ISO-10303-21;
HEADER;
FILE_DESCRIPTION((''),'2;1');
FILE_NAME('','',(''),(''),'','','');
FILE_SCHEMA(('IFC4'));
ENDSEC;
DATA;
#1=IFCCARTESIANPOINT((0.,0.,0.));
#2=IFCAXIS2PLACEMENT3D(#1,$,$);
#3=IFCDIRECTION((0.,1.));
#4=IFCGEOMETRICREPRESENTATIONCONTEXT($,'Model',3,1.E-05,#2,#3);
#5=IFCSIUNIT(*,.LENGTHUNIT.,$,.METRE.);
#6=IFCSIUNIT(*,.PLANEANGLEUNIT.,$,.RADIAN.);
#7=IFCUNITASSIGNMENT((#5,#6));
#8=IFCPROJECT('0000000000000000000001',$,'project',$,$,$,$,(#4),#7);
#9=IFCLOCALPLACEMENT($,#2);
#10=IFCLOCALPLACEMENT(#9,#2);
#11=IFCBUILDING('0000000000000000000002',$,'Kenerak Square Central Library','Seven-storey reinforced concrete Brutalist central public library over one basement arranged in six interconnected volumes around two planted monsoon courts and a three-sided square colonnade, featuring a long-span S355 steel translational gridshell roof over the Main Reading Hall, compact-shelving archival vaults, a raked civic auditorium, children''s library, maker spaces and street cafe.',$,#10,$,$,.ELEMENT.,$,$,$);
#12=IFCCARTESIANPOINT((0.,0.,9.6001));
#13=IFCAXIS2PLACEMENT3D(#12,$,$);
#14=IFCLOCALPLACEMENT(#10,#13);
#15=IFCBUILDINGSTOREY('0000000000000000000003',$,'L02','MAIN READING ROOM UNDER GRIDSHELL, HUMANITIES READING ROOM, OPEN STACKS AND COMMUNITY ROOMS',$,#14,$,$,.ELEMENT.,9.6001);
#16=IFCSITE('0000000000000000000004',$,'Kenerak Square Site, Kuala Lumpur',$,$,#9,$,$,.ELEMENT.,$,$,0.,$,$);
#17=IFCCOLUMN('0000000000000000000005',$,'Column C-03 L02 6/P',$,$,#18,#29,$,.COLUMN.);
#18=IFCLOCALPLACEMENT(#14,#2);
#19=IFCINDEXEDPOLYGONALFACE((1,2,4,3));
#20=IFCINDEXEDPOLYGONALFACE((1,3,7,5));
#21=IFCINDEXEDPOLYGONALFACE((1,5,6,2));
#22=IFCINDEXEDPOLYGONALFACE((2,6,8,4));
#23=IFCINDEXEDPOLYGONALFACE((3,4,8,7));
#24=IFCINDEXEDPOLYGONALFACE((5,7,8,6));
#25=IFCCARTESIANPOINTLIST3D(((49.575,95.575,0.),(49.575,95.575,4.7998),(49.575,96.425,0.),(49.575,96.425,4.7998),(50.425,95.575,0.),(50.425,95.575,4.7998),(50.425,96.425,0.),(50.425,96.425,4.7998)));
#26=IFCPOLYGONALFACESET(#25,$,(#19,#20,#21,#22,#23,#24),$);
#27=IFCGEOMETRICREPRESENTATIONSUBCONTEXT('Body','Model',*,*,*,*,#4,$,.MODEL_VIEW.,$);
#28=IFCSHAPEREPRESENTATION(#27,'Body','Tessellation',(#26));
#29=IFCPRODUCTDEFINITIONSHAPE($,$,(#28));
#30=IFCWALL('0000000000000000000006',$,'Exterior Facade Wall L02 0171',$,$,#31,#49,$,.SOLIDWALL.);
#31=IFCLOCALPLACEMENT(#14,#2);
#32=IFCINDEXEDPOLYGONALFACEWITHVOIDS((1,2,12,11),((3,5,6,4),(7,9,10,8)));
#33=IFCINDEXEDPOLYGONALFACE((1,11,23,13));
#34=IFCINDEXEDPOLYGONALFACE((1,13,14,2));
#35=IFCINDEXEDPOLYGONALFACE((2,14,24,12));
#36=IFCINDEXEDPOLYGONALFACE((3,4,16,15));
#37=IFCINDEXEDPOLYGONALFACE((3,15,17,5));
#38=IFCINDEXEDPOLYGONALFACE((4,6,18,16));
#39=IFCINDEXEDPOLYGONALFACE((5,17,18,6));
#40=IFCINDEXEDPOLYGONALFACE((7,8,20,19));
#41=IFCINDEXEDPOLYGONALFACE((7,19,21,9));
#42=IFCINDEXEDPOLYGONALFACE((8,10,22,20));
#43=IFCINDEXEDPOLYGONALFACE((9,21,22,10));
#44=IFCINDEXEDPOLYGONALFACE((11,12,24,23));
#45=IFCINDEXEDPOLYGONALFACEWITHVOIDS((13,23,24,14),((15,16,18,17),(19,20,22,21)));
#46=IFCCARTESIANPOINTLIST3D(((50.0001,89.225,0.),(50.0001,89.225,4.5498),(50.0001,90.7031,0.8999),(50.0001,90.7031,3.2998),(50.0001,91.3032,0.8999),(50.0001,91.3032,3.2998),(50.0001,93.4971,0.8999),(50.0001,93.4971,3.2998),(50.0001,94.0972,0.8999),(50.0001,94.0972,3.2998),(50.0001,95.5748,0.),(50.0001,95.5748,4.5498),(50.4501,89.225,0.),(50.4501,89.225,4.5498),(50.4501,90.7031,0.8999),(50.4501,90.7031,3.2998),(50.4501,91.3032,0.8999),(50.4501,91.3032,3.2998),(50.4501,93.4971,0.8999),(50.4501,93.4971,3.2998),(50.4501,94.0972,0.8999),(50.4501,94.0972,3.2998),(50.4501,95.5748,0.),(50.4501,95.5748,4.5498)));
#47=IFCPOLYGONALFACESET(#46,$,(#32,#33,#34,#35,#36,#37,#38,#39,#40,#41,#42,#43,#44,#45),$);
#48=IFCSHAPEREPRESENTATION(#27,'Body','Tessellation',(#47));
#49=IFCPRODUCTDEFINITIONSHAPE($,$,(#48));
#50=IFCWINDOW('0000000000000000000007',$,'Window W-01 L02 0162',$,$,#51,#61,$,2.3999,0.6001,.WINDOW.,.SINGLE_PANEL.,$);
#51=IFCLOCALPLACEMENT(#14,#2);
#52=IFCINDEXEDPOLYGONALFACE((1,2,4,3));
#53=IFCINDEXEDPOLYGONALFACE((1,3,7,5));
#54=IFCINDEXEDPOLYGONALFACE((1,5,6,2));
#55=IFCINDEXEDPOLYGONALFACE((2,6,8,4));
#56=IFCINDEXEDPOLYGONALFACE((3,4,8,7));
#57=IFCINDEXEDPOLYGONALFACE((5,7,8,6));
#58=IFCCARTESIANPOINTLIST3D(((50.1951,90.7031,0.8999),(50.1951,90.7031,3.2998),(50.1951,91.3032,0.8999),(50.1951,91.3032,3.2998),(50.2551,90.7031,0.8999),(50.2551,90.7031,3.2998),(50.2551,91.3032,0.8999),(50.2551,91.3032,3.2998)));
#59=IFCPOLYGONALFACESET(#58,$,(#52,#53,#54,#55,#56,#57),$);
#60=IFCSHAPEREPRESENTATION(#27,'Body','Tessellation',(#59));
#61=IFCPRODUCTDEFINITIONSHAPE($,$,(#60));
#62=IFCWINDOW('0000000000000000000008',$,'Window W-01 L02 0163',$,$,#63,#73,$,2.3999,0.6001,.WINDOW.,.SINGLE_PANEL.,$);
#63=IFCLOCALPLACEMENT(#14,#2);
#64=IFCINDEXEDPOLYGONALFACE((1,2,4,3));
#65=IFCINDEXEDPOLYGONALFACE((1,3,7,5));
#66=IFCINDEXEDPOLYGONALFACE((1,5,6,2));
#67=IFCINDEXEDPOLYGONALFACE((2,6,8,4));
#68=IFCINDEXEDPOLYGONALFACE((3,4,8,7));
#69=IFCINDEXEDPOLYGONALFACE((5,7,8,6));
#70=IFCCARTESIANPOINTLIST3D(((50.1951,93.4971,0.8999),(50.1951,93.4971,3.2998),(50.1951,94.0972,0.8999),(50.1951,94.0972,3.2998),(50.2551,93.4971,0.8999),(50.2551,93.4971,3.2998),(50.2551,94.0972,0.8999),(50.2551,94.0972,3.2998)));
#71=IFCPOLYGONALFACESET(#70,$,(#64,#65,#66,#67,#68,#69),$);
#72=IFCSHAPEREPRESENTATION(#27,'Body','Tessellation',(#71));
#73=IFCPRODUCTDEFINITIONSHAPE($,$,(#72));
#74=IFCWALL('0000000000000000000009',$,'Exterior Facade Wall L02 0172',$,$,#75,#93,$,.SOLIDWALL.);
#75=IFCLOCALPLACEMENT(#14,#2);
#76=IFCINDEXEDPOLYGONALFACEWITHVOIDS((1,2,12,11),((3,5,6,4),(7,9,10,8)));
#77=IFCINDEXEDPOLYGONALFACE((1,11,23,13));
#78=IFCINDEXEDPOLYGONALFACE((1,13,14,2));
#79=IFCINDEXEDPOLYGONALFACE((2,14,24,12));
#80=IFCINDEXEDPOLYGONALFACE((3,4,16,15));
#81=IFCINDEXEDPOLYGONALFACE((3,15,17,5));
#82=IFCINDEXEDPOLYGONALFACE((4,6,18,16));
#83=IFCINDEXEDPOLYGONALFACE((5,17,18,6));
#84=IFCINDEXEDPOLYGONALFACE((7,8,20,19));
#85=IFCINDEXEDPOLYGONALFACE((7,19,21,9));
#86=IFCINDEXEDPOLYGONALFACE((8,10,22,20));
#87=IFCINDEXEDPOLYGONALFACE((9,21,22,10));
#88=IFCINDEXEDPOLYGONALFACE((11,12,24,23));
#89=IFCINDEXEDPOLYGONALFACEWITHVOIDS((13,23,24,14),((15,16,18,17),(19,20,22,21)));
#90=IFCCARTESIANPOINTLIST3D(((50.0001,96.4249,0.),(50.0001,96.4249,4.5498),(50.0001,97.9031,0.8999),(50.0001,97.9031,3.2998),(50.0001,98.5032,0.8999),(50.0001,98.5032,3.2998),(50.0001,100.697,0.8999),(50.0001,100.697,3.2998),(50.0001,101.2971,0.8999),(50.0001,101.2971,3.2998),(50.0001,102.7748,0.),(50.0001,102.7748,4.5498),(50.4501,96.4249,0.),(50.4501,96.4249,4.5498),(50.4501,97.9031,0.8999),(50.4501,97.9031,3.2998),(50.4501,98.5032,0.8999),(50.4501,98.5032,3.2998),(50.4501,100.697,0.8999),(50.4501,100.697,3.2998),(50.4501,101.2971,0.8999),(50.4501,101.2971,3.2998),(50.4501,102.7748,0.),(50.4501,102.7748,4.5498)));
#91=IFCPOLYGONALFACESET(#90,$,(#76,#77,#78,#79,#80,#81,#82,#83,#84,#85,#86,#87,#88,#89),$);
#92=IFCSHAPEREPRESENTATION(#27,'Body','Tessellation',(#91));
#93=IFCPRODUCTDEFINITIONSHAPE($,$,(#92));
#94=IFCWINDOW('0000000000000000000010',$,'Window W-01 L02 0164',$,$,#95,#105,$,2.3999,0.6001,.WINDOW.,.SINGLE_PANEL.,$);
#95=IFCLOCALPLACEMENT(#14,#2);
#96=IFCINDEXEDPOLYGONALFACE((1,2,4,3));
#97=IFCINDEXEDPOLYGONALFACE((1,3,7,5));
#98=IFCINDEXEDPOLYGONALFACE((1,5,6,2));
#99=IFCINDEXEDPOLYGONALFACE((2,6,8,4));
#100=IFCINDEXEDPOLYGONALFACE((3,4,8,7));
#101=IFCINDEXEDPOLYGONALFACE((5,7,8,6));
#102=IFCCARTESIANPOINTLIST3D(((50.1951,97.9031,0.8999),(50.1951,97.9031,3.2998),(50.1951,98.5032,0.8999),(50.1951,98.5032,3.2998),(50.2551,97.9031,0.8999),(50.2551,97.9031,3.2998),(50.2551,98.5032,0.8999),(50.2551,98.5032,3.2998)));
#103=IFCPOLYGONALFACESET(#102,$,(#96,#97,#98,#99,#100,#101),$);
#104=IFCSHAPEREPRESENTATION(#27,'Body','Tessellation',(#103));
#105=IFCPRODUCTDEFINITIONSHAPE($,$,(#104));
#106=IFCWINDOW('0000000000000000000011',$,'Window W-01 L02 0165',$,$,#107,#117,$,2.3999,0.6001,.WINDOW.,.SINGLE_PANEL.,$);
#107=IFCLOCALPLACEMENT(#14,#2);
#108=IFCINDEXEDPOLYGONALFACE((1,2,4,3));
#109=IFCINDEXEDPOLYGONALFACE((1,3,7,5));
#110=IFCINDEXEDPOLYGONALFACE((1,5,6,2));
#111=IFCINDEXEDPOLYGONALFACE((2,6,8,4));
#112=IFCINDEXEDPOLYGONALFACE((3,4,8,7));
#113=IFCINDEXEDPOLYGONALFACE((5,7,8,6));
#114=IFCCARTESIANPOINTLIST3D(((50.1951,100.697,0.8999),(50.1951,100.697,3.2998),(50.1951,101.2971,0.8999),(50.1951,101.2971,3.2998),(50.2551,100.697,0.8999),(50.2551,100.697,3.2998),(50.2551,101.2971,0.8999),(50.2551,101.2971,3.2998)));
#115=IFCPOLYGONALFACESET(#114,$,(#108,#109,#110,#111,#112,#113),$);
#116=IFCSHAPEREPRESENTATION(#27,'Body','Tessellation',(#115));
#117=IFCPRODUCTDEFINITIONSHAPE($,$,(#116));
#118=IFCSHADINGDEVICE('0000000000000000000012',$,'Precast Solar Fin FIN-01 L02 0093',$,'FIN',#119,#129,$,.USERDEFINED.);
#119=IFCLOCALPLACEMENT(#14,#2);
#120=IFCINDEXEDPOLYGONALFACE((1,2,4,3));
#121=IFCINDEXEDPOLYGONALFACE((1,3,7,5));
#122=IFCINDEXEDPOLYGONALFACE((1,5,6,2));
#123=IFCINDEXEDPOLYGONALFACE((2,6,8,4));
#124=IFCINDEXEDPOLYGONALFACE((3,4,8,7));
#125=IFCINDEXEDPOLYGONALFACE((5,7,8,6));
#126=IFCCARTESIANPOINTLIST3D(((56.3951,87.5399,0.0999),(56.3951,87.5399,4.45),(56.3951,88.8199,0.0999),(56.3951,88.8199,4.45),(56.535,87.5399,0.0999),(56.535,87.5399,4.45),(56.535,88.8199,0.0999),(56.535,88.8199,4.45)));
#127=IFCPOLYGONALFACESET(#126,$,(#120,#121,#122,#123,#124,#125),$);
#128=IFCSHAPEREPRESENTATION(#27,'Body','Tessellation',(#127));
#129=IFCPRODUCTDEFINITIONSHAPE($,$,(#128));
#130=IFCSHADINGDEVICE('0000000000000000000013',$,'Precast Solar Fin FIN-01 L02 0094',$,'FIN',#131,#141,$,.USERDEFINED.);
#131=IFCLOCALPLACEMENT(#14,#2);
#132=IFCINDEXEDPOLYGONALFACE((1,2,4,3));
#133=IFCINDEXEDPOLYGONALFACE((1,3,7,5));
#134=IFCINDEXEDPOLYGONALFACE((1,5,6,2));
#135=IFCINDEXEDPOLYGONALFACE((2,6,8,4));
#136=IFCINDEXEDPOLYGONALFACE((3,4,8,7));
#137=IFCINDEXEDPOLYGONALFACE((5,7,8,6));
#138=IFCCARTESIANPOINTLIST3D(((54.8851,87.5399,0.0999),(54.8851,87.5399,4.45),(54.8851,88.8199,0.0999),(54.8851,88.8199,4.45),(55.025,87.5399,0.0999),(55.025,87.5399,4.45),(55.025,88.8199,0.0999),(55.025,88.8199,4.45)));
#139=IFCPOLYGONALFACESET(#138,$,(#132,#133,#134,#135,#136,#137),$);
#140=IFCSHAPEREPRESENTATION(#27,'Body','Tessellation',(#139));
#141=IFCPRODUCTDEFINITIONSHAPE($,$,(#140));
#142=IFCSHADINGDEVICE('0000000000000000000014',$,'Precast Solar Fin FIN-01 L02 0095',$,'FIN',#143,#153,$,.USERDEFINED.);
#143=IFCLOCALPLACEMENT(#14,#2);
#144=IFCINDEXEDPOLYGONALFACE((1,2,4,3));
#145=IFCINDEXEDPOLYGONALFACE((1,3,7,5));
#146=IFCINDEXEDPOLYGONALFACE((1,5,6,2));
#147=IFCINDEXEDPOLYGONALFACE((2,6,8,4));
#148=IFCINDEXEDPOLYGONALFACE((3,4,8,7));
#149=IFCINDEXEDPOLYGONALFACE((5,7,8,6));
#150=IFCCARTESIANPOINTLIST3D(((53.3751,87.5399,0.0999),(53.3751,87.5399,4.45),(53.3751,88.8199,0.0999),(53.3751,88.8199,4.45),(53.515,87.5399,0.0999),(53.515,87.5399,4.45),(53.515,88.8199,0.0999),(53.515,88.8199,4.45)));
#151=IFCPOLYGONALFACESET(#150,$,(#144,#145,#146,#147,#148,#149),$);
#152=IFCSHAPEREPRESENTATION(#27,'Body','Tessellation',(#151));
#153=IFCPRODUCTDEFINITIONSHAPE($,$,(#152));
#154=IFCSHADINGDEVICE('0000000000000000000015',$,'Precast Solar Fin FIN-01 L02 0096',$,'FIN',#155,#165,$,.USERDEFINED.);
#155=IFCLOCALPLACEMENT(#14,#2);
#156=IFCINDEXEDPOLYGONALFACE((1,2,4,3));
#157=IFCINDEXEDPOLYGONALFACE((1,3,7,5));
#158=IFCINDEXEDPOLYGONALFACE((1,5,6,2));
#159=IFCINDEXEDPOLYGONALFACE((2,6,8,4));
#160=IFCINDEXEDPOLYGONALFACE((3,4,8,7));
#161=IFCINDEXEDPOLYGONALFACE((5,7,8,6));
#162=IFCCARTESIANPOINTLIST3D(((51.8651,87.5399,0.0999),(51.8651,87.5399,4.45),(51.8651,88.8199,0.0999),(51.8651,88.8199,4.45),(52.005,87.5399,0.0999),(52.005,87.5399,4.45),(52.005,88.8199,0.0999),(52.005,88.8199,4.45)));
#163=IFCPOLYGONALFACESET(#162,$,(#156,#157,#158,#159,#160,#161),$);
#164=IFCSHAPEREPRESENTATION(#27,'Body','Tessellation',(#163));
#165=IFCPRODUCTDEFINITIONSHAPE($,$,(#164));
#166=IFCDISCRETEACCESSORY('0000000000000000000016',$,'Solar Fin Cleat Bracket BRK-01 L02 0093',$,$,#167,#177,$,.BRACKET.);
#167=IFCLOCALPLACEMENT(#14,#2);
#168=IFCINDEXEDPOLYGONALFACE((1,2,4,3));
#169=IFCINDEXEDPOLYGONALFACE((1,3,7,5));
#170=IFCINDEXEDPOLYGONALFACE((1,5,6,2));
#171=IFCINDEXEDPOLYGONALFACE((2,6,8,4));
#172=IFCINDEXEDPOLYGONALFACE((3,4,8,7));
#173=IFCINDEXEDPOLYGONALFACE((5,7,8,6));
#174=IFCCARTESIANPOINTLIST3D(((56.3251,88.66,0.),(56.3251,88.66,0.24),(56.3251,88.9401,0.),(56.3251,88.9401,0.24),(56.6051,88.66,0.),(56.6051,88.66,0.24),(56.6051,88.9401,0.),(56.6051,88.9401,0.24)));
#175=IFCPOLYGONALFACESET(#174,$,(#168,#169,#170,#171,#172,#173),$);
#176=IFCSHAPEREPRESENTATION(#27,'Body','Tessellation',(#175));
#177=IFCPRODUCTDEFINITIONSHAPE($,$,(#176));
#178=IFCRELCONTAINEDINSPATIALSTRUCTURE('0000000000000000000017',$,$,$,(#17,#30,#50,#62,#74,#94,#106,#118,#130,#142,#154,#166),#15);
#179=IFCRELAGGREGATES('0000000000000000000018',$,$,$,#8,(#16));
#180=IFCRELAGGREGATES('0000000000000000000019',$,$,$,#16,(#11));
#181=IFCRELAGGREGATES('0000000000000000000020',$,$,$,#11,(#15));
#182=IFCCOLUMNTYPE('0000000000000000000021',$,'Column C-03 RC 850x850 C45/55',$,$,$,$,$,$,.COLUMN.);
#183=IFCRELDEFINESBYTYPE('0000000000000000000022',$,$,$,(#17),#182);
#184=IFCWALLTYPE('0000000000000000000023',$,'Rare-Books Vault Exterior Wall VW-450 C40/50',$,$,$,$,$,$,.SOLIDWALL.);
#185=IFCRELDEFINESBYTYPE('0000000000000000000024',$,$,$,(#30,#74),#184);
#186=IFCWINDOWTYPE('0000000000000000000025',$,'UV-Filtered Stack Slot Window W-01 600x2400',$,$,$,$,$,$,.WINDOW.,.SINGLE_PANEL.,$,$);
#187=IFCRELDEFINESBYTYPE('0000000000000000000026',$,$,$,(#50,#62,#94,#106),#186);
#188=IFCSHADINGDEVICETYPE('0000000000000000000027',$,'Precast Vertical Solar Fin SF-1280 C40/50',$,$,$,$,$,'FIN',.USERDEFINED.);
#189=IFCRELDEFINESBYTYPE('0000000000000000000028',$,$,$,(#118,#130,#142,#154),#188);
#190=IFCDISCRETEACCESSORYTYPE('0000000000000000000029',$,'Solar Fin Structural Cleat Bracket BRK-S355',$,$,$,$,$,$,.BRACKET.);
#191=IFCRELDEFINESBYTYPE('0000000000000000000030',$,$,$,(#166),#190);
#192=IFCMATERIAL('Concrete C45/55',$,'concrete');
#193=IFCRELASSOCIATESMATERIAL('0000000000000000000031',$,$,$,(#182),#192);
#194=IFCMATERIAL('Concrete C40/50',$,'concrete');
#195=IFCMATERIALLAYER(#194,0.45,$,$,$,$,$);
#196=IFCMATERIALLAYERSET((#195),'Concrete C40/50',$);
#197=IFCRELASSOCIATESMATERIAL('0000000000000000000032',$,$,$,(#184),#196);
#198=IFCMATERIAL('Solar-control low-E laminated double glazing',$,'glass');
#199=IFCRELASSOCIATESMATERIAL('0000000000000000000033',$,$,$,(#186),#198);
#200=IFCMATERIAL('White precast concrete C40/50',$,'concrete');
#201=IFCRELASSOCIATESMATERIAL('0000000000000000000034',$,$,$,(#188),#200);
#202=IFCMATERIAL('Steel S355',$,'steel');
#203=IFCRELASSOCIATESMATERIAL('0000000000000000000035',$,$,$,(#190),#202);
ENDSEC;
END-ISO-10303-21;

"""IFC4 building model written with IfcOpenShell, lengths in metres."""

from ifc_helpers import new_model, si_unit, direction, frame, frame_2d, origin, origin_2d, place, context, subcontext, project, spatial, rectangle, extrude, material, layer, layer_set, material_profile, profile_set, type_object, element, fill, save


model = new_model("IFC4")

# Units and contexts
model_context = context("Model", 3, precision=1e-05, world=origin(), true_north=direction((0.0, 1.0)))
body_context = subcontext(model_context, "Body", "Model", "MODEL_VIEW")
ifc_project = project(units=[si_unit("LENGTHUNIT", "METRE"), si_unit("PLANEANGLEUNIT", "RADIAN")], contexts=[model_context])

# Site, building, storey
site_placement = place(None, origin())
site = spatial("IfcSite", under=ifc_project, at=site_placement, Name="Kenerak Square Site, Kuala Lumpur", CompositionType="ELEMENT", RefElevation=0.0)
building_placement = place(site_placement, origin())
building = spatial("IfcBuilding", under=site, at=building_placement, Name="Kenerak Square Central Library", Description="Seven-storey reinforced concrete Brutalist central public library over one basement arranged in six interconnected volumes around two planted monsoon courts and a three-sided square colonnade, featuring a long-span S355 steel translational gridshell roof over the Main Reading Hall, compact-shelving archival vaults, a raked civic auditorium, children's library, maker spaces and street cafe.", CompositionType="ELEMENT")
storey_placement = place(building_placement, frame((0.0, 0.0, 9.6001)))
storey = spatial("IfcBuildingStorey", under=building, at=storey_placement, Name="L02", Description="MAIN READING ROOM UNDER GRIDSHELL, HUMANITIES READING ROOM, OPEN STACKS AND COMMUNITY ROOMS", CompositionType="ELEMENT", Elevation=9.6001)

# Column
ifc_material_1 = material(Name="Concrete C45/55", Category="concrete")
ifc_material_profile = material_profile(ifc_material_1, rectangle(XDim=0.8501, YDim=0.8501, at=origin_2d()), Name="RC 850x850")
ifc_profile_set = profile_set([ifc_material_profile], Name="Concrete C45/55")
column_type = type_object("IfcColumnType", Name="Column C-03 RC 850x850 C45/55", PredefinedType="COLUMN", material=ifc_profile_set)
column_placement = place(storey_placement, frame((50.0, 96.0, 0.0), z_axis=(0.0, 0.0, 1.0), x_axis=(1.0, 0.0, 0.0)))
element("IfcColumn", 1, at=column_placement, inside=storey, type_object=column_type, Name="Column C-03 L02 6/P", PredefinedType="COLUMN", context=body_context, shape_type="SweptSolid", body=[
    extrude(rectangle(XDim=0.8501, YDim=0.8501, at=origin_2d()), origin(), (0.0, 0.0, 1.0), 4.7998),
])

# Walls, openings, windows
ifc_material_2 = material(Name="Concrete C40/50", Category="concrete")
ifc_layer = layer(ifc_material_2, 0.45)
ifc_layer_set = layer_set([ifc_layer], Name="Concrete C40/50")
wall_type = type_object("IfcWallType", Name="Rare-Books Vault Exterior Wall VW-450 C40/50", PredefinedType="SOLIDWALL", material=ifc_layer_set)
wall_1_placement = place(storey_placement, frame((50.2251, 89.2251, 0.0), z_axis=(0.0, 0.0, 1.0), x_axis=(0.0, 1.0, 0.0)))
wall_1 = element("IfcWall", 2, at=wall_1_placement, inside=storey, type_object=wall_type, Name="Exterior Facade Wall L02 0171", PredefinedType="SOLIDWALL", context=body_context, shape_type="SweptSolid", body=[
    extrude(rectangle(XDim=6.3499, YDim=0.45, at=frame_2d((3.1748, 0.0))), origin(), (0.0, 0.0, 1.0), 4.5498),
])
opening_1_placement = place(wall_1_placement, frame((1.478, 0.0, 0.8999)))
opening_1 = element("IfcOpeningElement", 3, at=opening_1_placement, cuts=wall_1, PredefinedType="OPENING", context=body_context, shape_type="SweptSolid", body=[
    extrude(rectangle(XDim=0.6001, YDim=2.3999, at=frame_2d((0.3, 1.2))), frame((0.0, 0.2349, 0.0), z_axis=(0.0, -1.0, 0.0), x_axis=(1.0, 0.0, 0.0)), (0.0, 0.0, 1.0), 0.47),
])
opening_2_placement = place(wall_1_placement, frame((4.272, 0.0, 0.8999)))
opening_2 = element("IfcOpeningElement", 4, at=opening_2_placement, cuts=wall_1, PredefinedType="OPENING", context=body_context, shape_type="SweptSolid", body=[
    extrude(rectangle(XDim=0.6001, YDim=2.3999, at=frame_2d((0.3, 1.2))), frame((0.0, 0.2349, 0.0), z_axis=(0.0, -1.0, 0.0), x_axis=(1.0, 0.0, 0.0)), (0.0, 0.0, 1.0), 0.47),
])
ifc_material_3 = material(Name="Solar-control low-E laminated double glazing", Category="glass")
window_type = type_object("IfcWindowType", Name="UV-Filtered Stack Slot Window W-01 600x2400", PartitioningType="SINGLE_PANEL", PredefinedType="WINDOW", material=ifc_material_3)
window_1_placement = place(opening_1_placement, origin())
window_1 = element("IfcWindow", 5, at=window_1_placement, inside=storey, type_object=window_type, Name="Window W-01 L02 0162", OverallHeight=2.3999, OverallWidth=0.6001, PartitioningType="SINGLE_PANEL", PredefinedType="WINDOW", context=body_context, shape_type="SweptSolid", body=[
    extrude(rectangle(XDim=0.6001, YDim=2.3999, at=frame_2d((0.3, 1.2))), frame((0.0, 0.03, 0.0), z_axis=(0.0, -1.0, 0.0), x_axis=(1.0, 0.0, 0.0)), (0.0, 0.0, 1.0), 0.0601),
])
fill(opening_1, window_1)
window_2_placement = place(opening_2_placement, origin())
window_2 = element("IfcWindow", 6, at=window_2_placement, inside=storey, type_object=window_type, Name="Window W-01 L02 0163", OverallHeight=2.3999, OverallWidth=0.6001, PartitioningType="SINGLE_PANEL", PredefinedType="WINDOW", context=body_context, shape_type="SweptSolid", body=[
    extrude(rectangle(XDim=0.6001, YDim=2.3999, at=frame_2d((0.3, 1.2))), frame((0.0, 0.03, 0.0), z_axis=(0.0, -1.0, 0.0), x_axis=(1.0, 0.0, 0.0)), (0.0, 0.0, 1.0), 0.0601),
])
fill(opening_2, window_2)
wall_2_placement = place(storey_placement, frame((50.2251, 96.425, 0.0), z_axis=(0.0, 0.0, 1.0), x_axis=(0.0, 1.0, 0.0)))
wall_2 = element("IfcWall", 7, at=wall_2_placement, inside=storey, type_object=wall_type, Name="Exterior Facade Wall L02 0172", PredefinedType="SOLIDWALL", context=body_context, shape_type="SweptSolid", body=[
    extrude(rectangle(XDim=6.3499, YDim=0.45, at=frame_2d((3.1748, 0.0))), origin(), (0.0, 0.0, 1.0), 4.5498),
])
opening_3_placement = place(wall_2_placement, frame((1.478, 0.0, 0.8999)))
opening_3 = element("IfcOpeningElement", 8, at=opening_3_placement, cuts=wall_2, PredefinedType="OPENING", context=body_context, shape_type="SweptSolid", body=[
    extrude(rectangle(XDim=0.6001, YDim=2.3999, at=frame_2d((0.3, 1.2))), frame((0.0, 0.2349, 0.0), z_axis=(0.0, -1.0, 0.0), x_axis=(1.0, 0.0, 0.0)), (0.0, 0.0, 1.0), 0.47),
])
opening_4_placement = place(wall_2_placement, frame((4.272, 0.0, 0.8999)))
opening_4 = element("IfcOpeningElement", 9, at=opening_4_placement, cuts=wall_2, PredefinedType="OPENING", context=body_context, shape_type="SweptSolid", body=[
    extrude(rectangle(XDim=0.6001, YDim=2.3999, at=frame_2d((0.3, 1.2))), frame((0.0, 0.2349, 0.0), z_axis=(0.0, -1.0, 0.0), x_axis=(1.0, 0.0, 0.0)), (0.0, 0.0, 1.0), 0.47),
])
window_3_placement = place(opening_3_placement, origin())
window_3 = element("IfcWindow", 10, at=window_3_placement, inside=storey, type_object=window_type, Name="Window W-01 L02 0164", OverallHeight=2.3999, OverallWidth=0.6001, PartitioningType="SINGLE_PANEL", PredefinedType="WINDOW", context=body_context, shape_type="SweptSolid", body=[
    extrude(rectangle(XDim=0.6001, YDim=2.3999, at=frame_2d((0.3, 1.2))), frame((0.0, 0.03, 0.0), z_axis=(0.0, -1.0, 0.0), x_axis=(1.0, 0.0, 0.0)), (0.0, 0.0, 1.0), 0.0601),
])
fill(opening_3, window_3)
window_4_placement = place(opening_4_placement, origin())
window_4 = element("IfcWindow", 11, at=window_4_placement, inside=storey, type_object=window_type, Name="Window W-01 L02 0165", OverallHeight=2.3999, OverallWidth=0.6001, PartitioningType="SINGLE_PANEL", PredefinedType="WINDOW", context=body_context, shape_type="SweptSolid", body=[
    extrude(rectangle(XDim=0.6001, YDim=2.3999, at=frame_2d((0.3, 1.2))), frame((0.0, 0.03, 0.0), z_axis=(0.0, -1.0, 0.0), x_axis=(1.0, 0.0, 0.0)), (0.0, 0.0, 1.0), 0.0601),
])
fill(opening_4, window_4)

# Shading devices
ifc_material_4 = material(Name="White precast concrete C40/50", Category="concrete")
shading_device_type = type_object("IfcShadingDeviceType", Name="Precast Vertical Solar Fin SF-1280 C40/50", ElementType="FIN", PredefinedType="USERDEFINED", material=ifc_material_4)
for number, where, z_axis, x_axis, name in (
    (12, (56.4651, 88.1799, 0.0999), (0.0, 0.0, 1.0), (-1.0, 0.0, 0.0), "Precast Solar Fin FIN-01 L02 0093"),
    (13, (54.9551, 88.1799, 0.0999), (0.0, 0.0, 1.0), (-1.0, 0.0, 0.0), "Precast Solar Fin FIN-01 L02 0094"),
    (14, (53.4451, 88.1799, 0.0999), (0.0, 0.0, 1.0), (-1.0, 0.0, 0.0), "Precast Solar Fin FIN-01 L02 0095"),
    (15, (51.9351, 88.1799, 0.0999), (0.0, 0.0, 1.0), (-1.0, 0.0, 0.0), "Precast Solar Fin FIN-01 L02 0096"),
):
    element("IfcShadingDevice", number, at=place(storey_placement, frame(where, z_axis=z_axis, x_axis=x_axis)), inside=storey, type_object=shading_device_type, Name=name, ObjectType="FIN", PredefinedType="USERDEFINED", context=body_context, shape_type="SweptSolid", body=[
        extrude(rectangle(XDim=0.1399, YDim=1.28, at=origin_2d()), origin(), (0.0, 0.0, 1.0), 4.3501),
    ])

# Discrete accessory
ifc_material_5 = material(Name="Steel S355", Category="steel")
discrete_accessory_type = type_object("IfcDiscreteAccessoryType", Name="Solar Fin Structural Cleat Bracket BRK-S355", PredefinedType="BRACKET", material=ifc_material_5)
for number, where, z_axis, x_axis, name in (
    (16, (56.4651, 88.8, 0.0), (0.0, 0.0, 1.0), (-1.0, 0.0, 0.0), "Solar Fin Cleat Bracket BRK-01 L02 0093"),
):
    element("IfcDiscreteAccessory", number, at=place(storey_placement, frame(where, z_axis=z_axis, x_axis=x_axis)), inside=storey, type_object=discrete_accessory_type, Name=name, PredefinedType="BRACKET", context=body_context, shape_type="SweptSolid", body=[
        extrude(rectangle(XDim=0.28, YDim=0.28, at=origin_2d()), origin(), (0.0, 0.0, 1.0), 0.24),
    ])

save(model, "model.ifc")
